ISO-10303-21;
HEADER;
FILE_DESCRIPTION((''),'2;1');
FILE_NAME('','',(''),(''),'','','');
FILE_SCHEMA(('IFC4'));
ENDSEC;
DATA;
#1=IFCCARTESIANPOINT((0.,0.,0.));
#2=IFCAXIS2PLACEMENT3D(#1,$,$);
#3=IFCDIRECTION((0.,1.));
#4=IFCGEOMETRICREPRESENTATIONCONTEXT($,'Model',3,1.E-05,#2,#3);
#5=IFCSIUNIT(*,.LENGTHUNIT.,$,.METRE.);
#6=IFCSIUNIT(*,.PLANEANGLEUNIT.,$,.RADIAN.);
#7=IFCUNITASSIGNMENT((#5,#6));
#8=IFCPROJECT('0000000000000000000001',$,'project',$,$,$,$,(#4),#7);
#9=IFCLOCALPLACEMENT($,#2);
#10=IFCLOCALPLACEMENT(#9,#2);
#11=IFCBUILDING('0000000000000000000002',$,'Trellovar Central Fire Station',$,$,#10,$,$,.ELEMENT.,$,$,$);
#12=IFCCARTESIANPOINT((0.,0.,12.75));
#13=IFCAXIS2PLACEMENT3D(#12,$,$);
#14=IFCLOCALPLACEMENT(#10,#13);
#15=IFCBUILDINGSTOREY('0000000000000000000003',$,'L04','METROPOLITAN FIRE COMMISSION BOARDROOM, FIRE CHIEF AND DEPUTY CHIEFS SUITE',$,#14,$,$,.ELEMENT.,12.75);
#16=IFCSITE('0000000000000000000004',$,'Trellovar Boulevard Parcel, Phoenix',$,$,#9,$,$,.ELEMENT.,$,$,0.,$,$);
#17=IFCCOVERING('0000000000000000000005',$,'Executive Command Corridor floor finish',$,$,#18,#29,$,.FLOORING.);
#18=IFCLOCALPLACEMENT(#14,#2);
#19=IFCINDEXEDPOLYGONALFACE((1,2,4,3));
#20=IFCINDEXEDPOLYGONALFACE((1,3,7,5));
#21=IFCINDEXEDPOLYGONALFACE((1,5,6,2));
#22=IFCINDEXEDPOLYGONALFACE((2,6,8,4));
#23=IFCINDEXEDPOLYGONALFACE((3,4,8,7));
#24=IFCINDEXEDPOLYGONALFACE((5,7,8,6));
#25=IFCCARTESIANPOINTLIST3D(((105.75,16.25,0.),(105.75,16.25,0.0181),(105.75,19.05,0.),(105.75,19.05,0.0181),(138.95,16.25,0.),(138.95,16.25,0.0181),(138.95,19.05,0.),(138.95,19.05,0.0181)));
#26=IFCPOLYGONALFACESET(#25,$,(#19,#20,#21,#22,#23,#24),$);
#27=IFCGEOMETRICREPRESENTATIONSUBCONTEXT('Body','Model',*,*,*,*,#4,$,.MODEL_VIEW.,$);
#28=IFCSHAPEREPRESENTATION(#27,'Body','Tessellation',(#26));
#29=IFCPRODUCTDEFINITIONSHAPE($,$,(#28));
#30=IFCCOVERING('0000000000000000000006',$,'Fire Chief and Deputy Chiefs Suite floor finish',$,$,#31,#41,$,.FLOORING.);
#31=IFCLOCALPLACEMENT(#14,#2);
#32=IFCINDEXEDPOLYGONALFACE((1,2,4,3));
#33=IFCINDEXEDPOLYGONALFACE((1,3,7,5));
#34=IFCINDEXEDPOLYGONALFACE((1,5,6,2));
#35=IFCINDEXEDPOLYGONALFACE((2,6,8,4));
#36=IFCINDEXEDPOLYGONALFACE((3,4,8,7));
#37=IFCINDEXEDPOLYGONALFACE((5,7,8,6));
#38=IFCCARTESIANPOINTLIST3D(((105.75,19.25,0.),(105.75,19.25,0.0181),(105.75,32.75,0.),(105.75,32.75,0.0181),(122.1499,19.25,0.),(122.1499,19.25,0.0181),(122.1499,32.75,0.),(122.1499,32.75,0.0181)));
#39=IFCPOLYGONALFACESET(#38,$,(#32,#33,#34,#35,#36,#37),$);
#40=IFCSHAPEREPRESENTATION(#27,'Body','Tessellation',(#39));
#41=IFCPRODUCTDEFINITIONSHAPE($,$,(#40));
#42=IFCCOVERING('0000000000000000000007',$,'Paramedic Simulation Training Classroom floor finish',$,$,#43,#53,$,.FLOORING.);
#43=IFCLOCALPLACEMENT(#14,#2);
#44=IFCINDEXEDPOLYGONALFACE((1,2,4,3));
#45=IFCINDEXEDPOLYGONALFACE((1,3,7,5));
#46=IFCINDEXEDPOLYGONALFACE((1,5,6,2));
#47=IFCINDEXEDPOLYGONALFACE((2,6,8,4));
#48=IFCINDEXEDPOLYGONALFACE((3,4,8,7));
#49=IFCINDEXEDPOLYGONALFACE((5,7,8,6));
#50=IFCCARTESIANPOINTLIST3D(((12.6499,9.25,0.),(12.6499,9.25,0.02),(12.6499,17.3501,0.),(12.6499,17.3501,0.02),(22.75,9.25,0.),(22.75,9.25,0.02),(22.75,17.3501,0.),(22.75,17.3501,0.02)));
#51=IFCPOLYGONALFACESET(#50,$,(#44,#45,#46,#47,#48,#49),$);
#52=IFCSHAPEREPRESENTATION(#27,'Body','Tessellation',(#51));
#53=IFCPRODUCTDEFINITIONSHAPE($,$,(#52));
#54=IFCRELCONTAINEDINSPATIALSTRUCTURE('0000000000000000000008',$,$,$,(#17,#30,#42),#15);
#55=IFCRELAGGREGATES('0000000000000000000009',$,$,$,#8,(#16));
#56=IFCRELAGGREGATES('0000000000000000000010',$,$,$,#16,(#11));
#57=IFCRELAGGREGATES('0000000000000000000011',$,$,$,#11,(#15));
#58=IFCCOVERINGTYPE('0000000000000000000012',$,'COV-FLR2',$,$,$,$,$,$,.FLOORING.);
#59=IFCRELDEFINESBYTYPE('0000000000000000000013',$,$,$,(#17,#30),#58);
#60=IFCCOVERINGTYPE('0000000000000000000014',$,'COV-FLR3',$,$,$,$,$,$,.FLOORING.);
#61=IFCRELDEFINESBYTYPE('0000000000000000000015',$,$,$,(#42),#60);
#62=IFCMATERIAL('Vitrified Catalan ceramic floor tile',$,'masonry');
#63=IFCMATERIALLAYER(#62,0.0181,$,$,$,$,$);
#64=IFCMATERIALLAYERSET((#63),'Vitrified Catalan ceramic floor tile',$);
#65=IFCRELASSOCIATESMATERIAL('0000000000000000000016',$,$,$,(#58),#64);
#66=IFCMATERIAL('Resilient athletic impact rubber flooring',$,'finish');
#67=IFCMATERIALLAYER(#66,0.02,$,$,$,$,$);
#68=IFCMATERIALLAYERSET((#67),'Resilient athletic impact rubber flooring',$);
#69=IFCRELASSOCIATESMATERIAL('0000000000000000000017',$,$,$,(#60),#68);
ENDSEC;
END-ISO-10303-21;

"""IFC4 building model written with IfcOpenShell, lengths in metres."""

from ifc_helpers import new_model, si_unit, direction, frame, origin, place, context, subcontext, project, spatial, polyline, outline, extrude, material, layer, layer_set, type_object, element, save


model = new_model("IFC4")

# Units and contexts
model_context = context("Model", 3, precision=1e-05, world=origin(), true_north=direction((0.0, 1.0)))
body_context = subcontext(model_context, "Body", "Model", "MODEL_VIEW")
ifc_project = project(units=[si_unit("LENGTHUNIT", "METRE"), si_unit("PLANEANGLEUNIT", "RADIAN")], contexts=[model_context])

# Site, building, storey
site_placement = place(None, origin())
site = spatial("IfcSite", under=ifc_project, at=site_placement, Name="Trellovar Boulevard Parcel, Phoenix", CompositionType="ELEMENT", RefElevation=0.0)
building_placement = place(site_placement, origin())
building = spatial("IfcBuilding", under=site, at=building_placement, Name="Trellovar Central Fire Station", CompositionType="ELEMENT")
storey_placement = place(building_placement, frame((0.0, 0.0, 12.75)))
storey = spatial("IfcBuildingStorey", under=building, at=storey_placement, Name="L04", Description="METROPOLITAN FIRE COMMISSION BOARDROOM, FIRE CHIEF AND DEPUTY CHIEFS SUITE", CompositionType="ELEMENT", Elevation=12.75)

# Coverings
ifc_material_1 = material(Name="Vitrified Catalan ceramic floor tile", Category="masonry")
ifc_layer_1 = layer(ifc_material_1, 0.0181)
ifc_layer_set_1 = layer_set([ifc_layer_1], Name="Vitrified Catalan ceramic floor tile")
covering_type_1 = type_object("IfcCoveringType", Name="COV-FLR2", PredefinedType="FLOORING", material=ifc_layer_set_1)
covering_1_placement = place(storey_placement, origin())
element("IfcCovering", 1, at=covering_1_placement, inside=storey, type_object=covering_type_1, Name="Executive Command Corridor floor finish", PredefinedType="FLOORING", context=body_context, shape_type="SweptSolid", body=[
    extrude(outline(polyline([(138.95, 19.05), (138.95, 16.25), (105.75, 16.25), (105.75, 19.05), (138.95, 19.05)])), origin(), (0.0, 0.0, 1.0), 0.0181),
])
covering_2_placement = place(storey_placement, origin())
element("IfcCovering", 2, at=covering_2_placement, inside=storey, type_object=covering_type_1, Name="Fire Chief and Deputy Chiefs Suite floor finish", PredefinedType="FLOORING", context=body_context, shape_type="SweptSolid", body=[
    extrude(outline(polyline([(122.1499, 32.75), (122.1499, 19.25), (105.75, 19.25), (105.75, 32.75), (122.1499, 32.75)])), origin(), (0.0, 0.0, 1.0), 0.0181),
])
ifc_material_2 = material(Name="Resilient athletic impact rubber flooring", Category="finish")
ifc_layer_2 = layer(ifc_material_2, 0.02)
ifc_layer_set_2 = layer_set([ifc_layer_2], Name="Resilient athletic impact rubber flooring")
covering_type_2 = type_object("IfcCoveringType", Name="COV-FLR3", PredefinedType="FLOORING", material=ifc_layer_set_2)
covering_3_placement = place(storey_placement, origin())
element("IfcCovering", 3, at=covering_3_placement, inside=storey, type_object=covering_type_2, Name="Paramedic Simulation Training Classroom floor finish", PredefinedType="FLOORING", context=body_context, shape_type="SweptSolid", body=[
    extrude(outline(polyline([(22.75, 17.3501), (22.75, 9.25), (12.6499, 9.25), (12.6499, 17.3501), (22.75, 17.3501)])), origin(), (0.0, 0.0, 1.0), 0.02),
])

save(model, "model.ifc")
